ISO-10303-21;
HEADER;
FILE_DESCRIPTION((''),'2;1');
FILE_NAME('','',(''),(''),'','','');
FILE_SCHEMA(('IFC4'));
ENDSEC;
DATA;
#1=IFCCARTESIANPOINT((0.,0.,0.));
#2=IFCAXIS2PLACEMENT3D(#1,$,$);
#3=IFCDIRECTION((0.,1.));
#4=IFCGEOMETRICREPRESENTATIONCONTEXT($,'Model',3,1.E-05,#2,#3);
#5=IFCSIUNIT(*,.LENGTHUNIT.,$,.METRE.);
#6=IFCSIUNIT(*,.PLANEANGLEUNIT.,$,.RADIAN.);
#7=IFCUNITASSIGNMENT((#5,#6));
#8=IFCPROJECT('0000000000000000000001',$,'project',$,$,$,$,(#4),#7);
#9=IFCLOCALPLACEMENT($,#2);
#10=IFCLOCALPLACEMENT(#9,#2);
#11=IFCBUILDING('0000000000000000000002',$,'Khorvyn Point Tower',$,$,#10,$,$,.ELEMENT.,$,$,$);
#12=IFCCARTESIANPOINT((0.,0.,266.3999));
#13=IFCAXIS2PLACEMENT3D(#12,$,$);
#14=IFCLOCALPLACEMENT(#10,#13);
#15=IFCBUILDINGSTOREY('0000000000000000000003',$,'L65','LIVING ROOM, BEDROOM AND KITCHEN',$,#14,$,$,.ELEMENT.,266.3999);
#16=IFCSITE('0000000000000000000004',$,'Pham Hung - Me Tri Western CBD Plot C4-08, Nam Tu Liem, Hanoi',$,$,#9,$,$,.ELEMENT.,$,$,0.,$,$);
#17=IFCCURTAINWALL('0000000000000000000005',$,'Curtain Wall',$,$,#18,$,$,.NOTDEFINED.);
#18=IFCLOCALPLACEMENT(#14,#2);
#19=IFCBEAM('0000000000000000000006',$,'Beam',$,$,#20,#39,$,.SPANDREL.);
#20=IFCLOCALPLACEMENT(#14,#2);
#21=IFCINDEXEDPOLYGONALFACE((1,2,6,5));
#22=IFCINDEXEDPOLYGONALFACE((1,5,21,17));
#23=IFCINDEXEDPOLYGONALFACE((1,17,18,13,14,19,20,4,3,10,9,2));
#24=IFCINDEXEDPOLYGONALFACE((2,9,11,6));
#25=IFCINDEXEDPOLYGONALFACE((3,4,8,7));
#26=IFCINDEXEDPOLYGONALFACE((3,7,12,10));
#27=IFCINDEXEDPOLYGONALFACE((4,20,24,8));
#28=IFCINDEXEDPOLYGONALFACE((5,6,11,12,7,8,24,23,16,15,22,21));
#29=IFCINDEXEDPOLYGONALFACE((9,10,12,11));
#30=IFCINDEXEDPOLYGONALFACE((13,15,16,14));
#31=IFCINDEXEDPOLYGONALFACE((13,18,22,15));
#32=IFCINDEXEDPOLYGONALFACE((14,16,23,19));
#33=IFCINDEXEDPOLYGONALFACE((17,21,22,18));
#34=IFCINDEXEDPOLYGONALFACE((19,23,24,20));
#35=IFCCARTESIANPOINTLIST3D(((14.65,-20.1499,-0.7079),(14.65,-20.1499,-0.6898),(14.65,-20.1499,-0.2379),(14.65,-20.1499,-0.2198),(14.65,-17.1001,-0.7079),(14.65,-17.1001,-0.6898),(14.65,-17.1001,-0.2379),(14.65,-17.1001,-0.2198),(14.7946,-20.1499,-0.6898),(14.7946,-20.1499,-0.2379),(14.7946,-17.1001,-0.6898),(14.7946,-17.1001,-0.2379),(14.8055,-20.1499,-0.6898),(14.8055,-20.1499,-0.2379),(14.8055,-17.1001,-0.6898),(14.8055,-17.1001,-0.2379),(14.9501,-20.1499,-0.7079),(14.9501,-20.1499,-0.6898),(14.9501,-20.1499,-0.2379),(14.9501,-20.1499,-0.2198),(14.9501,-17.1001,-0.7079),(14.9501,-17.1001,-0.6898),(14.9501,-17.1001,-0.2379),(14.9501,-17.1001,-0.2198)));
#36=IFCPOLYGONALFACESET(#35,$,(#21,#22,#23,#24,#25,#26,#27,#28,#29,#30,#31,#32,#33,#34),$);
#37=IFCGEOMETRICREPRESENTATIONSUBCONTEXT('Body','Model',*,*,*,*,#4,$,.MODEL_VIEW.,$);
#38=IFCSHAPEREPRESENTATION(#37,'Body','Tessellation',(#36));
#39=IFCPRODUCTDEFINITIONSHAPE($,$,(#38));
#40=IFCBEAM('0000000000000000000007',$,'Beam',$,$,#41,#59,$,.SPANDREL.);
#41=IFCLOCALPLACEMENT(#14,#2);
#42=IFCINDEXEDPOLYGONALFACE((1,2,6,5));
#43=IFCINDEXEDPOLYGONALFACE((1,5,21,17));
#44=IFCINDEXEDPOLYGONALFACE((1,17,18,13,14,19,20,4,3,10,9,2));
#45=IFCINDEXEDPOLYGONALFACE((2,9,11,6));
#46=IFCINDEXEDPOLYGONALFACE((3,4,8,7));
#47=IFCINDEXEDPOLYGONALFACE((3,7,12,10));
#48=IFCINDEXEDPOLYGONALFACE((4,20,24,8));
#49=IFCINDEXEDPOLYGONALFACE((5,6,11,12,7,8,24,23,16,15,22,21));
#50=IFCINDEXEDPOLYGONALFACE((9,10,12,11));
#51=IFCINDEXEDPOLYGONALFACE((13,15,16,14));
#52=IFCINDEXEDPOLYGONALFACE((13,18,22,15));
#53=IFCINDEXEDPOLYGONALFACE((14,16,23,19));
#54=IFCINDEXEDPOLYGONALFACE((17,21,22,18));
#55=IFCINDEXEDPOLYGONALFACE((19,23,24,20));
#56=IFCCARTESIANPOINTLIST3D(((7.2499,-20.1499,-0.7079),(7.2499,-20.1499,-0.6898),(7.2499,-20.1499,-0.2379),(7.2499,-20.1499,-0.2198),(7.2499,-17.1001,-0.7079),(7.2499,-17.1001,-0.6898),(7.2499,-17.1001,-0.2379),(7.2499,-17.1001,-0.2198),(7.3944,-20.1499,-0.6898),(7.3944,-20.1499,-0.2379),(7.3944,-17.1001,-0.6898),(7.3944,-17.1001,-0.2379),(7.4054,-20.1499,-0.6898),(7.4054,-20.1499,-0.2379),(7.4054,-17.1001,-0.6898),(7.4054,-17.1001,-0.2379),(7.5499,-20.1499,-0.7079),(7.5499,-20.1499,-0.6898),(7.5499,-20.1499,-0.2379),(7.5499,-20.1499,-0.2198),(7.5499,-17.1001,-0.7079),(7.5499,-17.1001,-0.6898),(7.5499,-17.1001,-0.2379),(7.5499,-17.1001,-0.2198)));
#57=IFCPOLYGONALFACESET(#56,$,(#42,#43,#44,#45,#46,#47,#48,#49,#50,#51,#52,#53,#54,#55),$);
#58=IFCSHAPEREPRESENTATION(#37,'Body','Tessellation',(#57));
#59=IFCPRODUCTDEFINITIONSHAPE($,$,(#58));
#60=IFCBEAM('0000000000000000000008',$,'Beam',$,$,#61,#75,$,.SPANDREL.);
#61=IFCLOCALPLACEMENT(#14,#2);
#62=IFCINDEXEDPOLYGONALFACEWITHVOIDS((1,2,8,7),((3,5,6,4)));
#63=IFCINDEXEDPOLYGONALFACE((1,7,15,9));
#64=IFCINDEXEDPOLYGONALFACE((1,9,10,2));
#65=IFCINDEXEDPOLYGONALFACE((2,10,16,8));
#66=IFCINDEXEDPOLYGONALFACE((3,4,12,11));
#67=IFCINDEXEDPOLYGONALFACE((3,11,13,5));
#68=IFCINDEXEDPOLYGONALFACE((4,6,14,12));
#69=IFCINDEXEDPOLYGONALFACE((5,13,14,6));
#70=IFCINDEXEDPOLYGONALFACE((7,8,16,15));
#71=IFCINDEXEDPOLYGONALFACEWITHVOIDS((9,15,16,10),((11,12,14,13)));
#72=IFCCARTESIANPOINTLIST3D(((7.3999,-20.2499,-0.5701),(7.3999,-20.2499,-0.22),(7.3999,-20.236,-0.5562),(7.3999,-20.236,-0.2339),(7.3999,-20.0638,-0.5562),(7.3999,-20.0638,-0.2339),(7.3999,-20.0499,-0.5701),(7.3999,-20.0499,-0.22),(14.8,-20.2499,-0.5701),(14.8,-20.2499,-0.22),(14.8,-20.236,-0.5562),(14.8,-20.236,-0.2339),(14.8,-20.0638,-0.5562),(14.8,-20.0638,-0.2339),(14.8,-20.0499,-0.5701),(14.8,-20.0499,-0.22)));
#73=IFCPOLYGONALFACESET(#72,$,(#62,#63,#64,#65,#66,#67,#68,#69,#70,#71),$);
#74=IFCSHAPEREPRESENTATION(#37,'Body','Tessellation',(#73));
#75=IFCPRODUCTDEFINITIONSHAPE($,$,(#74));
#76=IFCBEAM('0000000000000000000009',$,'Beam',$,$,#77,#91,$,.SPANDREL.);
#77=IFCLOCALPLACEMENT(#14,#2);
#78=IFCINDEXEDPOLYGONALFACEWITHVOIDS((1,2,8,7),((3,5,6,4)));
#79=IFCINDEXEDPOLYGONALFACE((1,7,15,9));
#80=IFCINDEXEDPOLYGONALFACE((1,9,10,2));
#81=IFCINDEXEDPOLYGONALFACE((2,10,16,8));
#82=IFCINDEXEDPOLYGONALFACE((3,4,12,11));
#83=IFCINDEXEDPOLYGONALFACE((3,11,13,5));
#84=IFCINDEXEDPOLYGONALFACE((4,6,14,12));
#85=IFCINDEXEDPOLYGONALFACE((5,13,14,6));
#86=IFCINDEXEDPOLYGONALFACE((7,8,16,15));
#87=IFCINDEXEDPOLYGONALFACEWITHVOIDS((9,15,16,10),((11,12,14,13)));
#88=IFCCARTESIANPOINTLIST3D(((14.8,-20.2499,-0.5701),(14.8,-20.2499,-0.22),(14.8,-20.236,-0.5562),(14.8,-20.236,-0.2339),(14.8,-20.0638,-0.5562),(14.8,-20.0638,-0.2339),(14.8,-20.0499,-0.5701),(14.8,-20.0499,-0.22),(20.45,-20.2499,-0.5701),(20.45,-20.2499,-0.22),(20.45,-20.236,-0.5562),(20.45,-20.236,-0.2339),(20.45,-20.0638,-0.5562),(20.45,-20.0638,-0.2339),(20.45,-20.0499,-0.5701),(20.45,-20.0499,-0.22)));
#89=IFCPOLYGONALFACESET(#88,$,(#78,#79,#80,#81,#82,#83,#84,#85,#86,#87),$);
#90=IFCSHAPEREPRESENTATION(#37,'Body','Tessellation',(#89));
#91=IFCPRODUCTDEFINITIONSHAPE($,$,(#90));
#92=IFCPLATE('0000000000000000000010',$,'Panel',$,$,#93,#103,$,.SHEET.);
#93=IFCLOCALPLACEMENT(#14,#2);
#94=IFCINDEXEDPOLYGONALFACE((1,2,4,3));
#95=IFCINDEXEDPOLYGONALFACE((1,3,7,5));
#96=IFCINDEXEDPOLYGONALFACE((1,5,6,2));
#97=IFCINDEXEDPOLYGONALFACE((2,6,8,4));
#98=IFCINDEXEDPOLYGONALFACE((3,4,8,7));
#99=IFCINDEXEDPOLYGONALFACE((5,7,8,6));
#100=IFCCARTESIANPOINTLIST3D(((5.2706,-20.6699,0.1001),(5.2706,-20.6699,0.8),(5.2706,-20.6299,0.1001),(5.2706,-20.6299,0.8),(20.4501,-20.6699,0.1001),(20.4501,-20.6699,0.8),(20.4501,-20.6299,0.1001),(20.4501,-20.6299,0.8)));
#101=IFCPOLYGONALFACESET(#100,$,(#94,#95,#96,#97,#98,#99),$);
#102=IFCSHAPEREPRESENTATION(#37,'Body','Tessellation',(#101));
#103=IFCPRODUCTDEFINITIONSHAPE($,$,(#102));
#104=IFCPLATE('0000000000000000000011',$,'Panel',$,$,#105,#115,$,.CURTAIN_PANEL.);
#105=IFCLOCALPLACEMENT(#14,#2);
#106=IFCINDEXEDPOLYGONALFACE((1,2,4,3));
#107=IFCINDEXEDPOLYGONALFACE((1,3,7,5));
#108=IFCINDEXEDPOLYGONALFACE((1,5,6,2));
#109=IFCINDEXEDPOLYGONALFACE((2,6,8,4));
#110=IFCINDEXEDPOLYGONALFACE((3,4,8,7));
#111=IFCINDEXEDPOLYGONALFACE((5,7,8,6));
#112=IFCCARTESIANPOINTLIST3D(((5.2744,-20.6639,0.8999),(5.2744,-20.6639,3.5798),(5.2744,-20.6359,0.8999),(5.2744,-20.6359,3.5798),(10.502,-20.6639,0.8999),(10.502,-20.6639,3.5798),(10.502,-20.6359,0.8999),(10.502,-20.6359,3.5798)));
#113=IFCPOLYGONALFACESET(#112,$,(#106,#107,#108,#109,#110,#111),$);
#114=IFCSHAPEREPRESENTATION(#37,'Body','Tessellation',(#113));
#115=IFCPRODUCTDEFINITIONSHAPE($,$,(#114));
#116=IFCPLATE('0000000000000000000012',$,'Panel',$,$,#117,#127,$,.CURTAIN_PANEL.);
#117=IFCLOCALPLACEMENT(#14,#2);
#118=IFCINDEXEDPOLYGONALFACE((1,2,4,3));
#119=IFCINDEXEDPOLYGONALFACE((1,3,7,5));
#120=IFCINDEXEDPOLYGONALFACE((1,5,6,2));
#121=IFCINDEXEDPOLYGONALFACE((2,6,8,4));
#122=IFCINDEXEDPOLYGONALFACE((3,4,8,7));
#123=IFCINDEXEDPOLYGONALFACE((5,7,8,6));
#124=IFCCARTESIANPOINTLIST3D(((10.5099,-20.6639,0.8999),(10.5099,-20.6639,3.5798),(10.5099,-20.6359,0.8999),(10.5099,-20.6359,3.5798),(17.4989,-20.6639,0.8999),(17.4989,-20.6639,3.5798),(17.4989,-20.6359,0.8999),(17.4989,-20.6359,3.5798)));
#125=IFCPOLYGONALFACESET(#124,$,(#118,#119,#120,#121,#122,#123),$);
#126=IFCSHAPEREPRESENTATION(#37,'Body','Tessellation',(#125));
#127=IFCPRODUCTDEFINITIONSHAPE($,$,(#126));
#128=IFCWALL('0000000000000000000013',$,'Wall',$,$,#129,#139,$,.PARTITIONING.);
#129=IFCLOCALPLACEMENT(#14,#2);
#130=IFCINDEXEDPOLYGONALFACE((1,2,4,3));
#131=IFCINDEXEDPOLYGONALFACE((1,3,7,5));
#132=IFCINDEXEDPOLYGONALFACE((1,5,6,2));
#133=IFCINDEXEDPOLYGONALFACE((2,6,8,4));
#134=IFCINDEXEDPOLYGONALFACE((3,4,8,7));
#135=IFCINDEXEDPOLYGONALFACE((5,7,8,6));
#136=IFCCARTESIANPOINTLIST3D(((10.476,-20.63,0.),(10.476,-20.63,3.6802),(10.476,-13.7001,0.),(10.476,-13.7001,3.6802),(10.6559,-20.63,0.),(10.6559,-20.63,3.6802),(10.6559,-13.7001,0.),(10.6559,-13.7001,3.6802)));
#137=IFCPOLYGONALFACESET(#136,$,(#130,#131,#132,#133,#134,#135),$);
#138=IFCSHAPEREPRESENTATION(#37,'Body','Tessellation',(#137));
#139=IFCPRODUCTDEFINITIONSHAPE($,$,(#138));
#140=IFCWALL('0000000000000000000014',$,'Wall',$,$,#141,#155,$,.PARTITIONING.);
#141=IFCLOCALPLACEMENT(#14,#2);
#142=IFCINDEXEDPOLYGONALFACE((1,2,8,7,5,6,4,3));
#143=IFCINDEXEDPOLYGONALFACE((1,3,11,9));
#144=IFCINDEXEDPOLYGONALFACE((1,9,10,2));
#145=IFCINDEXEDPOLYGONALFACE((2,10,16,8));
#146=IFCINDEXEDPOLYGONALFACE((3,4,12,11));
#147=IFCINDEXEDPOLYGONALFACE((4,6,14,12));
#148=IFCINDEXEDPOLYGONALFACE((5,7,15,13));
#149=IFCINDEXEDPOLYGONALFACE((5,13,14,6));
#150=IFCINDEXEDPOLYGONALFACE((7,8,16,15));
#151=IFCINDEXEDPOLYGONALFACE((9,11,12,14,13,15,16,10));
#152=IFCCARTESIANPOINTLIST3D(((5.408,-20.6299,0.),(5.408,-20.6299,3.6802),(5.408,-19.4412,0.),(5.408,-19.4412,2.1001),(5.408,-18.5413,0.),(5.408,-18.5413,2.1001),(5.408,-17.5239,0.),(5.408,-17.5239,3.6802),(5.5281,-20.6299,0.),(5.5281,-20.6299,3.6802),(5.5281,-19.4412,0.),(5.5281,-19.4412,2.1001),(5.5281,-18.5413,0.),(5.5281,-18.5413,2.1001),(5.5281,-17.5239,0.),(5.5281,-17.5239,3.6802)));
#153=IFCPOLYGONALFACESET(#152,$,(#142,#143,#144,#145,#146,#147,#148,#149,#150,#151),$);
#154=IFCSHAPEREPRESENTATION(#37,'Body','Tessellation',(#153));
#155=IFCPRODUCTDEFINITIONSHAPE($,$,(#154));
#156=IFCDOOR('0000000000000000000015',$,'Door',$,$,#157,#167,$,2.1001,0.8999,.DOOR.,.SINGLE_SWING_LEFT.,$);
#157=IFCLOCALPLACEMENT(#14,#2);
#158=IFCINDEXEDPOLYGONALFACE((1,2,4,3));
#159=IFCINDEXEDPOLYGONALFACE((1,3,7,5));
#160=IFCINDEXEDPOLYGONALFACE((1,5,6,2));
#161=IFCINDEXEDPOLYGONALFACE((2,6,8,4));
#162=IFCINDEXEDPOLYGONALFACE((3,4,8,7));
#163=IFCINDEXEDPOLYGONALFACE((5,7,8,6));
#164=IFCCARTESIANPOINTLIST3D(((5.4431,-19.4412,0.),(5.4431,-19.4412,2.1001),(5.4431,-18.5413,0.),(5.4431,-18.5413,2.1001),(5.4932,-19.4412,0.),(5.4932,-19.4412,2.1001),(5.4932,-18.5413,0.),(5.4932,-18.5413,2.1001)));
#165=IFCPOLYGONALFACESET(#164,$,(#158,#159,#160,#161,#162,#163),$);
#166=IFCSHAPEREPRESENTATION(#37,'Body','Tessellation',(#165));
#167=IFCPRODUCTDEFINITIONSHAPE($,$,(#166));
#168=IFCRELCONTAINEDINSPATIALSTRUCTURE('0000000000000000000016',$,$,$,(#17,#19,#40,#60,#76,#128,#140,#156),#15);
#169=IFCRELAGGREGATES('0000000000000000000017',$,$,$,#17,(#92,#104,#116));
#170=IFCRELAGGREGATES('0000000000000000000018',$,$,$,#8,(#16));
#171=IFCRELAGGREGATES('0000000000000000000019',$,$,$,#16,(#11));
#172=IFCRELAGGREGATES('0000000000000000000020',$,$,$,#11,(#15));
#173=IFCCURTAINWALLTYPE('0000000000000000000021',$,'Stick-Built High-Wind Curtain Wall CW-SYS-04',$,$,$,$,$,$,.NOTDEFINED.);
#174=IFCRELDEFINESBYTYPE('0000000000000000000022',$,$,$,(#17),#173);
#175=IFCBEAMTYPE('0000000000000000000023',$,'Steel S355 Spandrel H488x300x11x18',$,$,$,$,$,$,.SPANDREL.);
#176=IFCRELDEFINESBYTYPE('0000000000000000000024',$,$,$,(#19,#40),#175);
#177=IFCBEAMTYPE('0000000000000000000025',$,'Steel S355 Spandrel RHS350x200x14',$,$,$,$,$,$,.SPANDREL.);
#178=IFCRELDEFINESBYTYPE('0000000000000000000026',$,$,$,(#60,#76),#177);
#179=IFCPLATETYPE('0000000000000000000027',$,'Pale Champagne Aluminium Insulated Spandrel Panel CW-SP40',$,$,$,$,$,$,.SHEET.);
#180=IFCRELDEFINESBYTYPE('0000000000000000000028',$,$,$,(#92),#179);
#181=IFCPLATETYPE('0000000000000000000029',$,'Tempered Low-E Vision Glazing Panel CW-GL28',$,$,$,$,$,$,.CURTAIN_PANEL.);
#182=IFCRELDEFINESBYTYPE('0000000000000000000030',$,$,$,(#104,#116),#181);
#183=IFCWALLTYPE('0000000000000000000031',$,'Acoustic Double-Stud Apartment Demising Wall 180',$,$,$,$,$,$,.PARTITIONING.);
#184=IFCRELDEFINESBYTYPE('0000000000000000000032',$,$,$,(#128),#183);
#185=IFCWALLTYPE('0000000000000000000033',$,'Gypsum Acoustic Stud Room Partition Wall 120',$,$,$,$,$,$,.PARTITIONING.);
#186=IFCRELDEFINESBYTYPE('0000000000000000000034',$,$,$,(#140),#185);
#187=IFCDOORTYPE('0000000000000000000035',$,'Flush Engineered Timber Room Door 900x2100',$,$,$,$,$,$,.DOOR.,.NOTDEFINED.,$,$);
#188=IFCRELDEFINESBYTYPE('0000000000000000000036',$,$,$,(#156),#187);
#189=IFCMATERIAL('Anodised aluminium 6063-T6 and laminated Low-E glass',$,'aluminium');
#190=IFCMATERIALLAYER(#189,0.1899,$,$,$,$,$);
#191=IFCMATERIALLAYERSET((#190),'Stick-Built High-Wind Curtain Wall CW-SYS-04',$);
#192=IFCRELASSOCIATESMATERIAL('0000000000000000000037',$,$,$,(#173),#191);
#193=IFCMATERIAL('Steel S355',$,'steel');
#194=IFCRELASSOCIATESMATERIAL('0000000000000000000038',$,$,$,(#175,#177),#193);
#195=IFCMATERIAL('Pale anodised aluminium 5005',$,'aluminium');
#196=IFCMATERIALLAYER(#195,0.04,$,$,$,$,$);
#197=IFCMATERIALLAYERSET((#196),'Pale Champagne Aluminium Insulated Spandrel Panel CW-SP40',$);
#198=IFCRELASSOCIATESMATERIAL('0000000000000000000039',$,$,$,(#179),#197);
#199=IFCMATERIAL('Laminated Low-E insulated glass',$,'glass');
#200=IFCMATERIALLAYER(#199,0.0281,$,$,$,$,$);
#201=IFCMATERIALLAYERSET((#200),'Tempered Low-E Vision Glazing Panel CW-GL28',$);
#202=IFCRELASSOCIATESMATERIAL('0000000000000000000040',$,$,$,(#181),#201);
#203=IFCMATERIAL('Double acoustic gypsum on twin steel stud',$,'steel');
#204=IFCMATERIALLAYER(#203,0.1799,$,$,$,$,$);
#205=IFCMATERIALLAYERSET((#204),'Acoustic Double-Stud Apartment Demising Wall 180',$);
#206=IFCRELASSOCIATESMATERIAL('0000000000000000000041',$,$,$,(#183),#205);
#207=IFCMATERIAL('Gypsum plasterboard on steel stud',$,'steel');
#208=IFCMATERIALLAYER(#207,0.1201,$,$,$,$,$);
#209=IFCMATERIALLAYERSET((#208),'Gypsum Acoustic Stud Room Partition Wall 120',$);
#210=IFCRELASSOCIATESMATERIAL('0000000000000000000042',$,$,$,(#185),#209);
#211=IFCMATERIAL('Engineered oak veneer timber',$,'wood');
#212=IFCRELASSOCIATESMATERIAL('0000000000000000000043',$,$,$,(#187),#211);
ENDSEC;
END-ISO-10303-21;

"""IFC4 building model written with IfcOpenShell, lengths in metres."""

from ifc_helpers import new_model, si_unit, direction, frame, frame_2d, origin, origin_2d, place, context, subcontext, project, spatial, rectangle, hollow_rectangle, i_section, extrude, material, layer, layer_set, material_profile, profile_set, type_object, element, fill, aggregate, save


model = new_model("IFC4")

# Units and contexts
model_context = context("Model", 3, precision=1e-05, world=origin(), true_north=direction((0.0, 1.0)))
body_context = subcontext(model_context, "Body", "Model", "MODEL_VIEW")
ifc_project = project(units=[si_unit("LENGTHUNIT", "METRE"), si_unit("PLANEANGLEUNIT", "RADIAN")], contexts=[model_context])

# Site, building, storey
site_placement = place(None, origin())
site = spatial("IfcSite", under=ifc_project, at=site_placement, Name="Pham Hung - Me Tri Western CBD Plot C4-08, Nam Tu Liem, Hanoi", CompositionType="ELEMENT", RefElevation=0.0)
building_placement = place(site_placement, origin())
building = spatial("IfcBuilding", under=site, at=building_placement, Name="Khorvyn Point Tower", CompositionType="ELEMENT")
storey_placement = place(building_placement, frame((0.0, 0.0, 266.3999)))
storey = spatial("IfcBuildingStorey", under=building, at=storey_placement, Name="L65", Description="LIVING ROOM, BEDROOM AND KITCHEN", CompositionType="ELEMENT", Elevation=266.3999)

# Shared definitions
ifc_material_1 = material(Name="Steel S355", Category="steel")

# Curtain wall
ifc_material_2 = material(Name="Anodised aluminium 6063-T6 and laminated Low-E glass", Category="aluminium")
ifc_layer_1 = layer(ifc_material_2, 0.1899)
ifc_layer_set_1 = layer_set([ifc_layer_1], Name="Stick-Built High-Wind Curtain Wall CW-SYS-04")
curtain_wall_type = type_object("IfcCurtainWallType", Name="Stick-Built High-Wind Curtain Wall CW-SYS-04", PredefinedType="NOTDEFINED", material=ifc_layer_set_1)
curtain_wall_placement = place(storey_placement, origin())
curtain_wall = element("IfcCurtainWall", 1, at=curtain_wall_placement, inside=storey, type_object=curtain_wall_type, Name="Curtain Wall", PredefinedType="NOTDEFINED")

# Beams
ifc_material_profile_1 = material_profile(ifc_material_1, i_section(OverallWidth=0.3, OverallDepth=0.488, WebThickness=0.011, FlangeThickness=0.0181, at=origin_2d()))
ifc_profile_set_1 = profile_set([ifc_material_profile_1], Name="Steel S355 H488x300x11x18")
beam_type_1 = type_object("IfcBeamType", Name="Steel S355 Spandrel H488x300x11x18", PredefinedType="SPANDREL", material=ifc_profile_set_1)
for number, where, z_axis, x_axis, name in (
    (2, (14.8, -20.1499, -0.4639), (0.0, 1.0, 0.0), (-1.0, 0.0, 0.0), "Beam"),
    (3, (7.3999, -20.1499, -0.4639), (0.0, 1.0, 0.0), (-1.0, 0.0, 0.0), "Beam"),
):
    element("IfcBeam", number, at=place(storey_placement, frame(where, z_axis=z_axis, x_axis=x_axis)), inside=storey, type_object=beam_type_1, Name=name, PredefinedType="SPANDREL", context=body_context, shape_type="SweptSolid", body=[
        extrude(i_section(OverallWidth=0.3, OverallDepth=0.488, WebThickness=0.011, FlangeThickness=0.0181, at=origin_2d()), origin(), (0.0, 0.0, 1.0), 3.0498),
    ])
ifc_material_profile_2 = material_profile(ifc_material_1, hollow_rectangle(XDim=0.2, YDim=0.3501, WallThickness=0.0139, at=origin_2d()))
ifc_profile_set_2 = profile_set([ifc_material_profile_2], Name="Steel S355 RHS350x200x14")
beam_type_2 = type_object("IfcBeamType", Name="Steel S355 Spandrel RHS350x200x14", PredefinedType="SPANDREL", material=ifc_profile_set_2)
beam_1_placement = place(storey_placement, frame((7.3999, -20.1499, -0.395), z_axis=(1.0, 0.0, 0.0), x_axis=(0.0, 1.0, 0.0)))
element("IfcBeam", 4, at=beam_1_placement, inside=storey, type_object=beam_type_2, Name="Beam", PredefinedType="SPANDREL", context=body_context, shape_type="SweptSolid", body=[
    extrude(hollow_rectangle(XDim=0.2, YDim=0.3501, WallThickness=0.0139, at=origin_2d()), origin(), (0.0, 0.0, 1.0), 7.4001),
])
beam_2_placement = place(storey_placement, frame((14.8, -20.1499, -0.395), z_axis=(1.0, 0.0, 0.0), x_axis=(0.0, 1.0, 0.0)))
element("IfcBeam", 5, at=beam_2_placement, inside=storey, type_object=beam_type_2, Name="Beam", PredefinedType="SPANDREL", context=body_context, shape_type="SweptSolid", body=[
    extrude(hollow_rectangle(XDim=0.2, YDim=0.3501, WallThickness=0.0139, at=origin_2d()), origin(), (0.0, 0.0, 1.0), 5.6499),
])

# Plates
ifc_material_3 = material(Name="Pale anodised aluminium 5005", Category="aluminium")
ifc_layer_2 = layer(ifc_material_3, 0.04)
ifc_layer_set_2 = layer_set([ifc_layer_2], Name="Pale Champagne Aluminium Insulated Spandrel Panel CW-SP40")
plate_type_1 = type_object("IfcPlateType", Name="Pale Champagne Aluminium Insulated Spandrel Panel CW-SP40", PredefinedType="SHEET", material=ifc_layer_set_2)
plate_1_placement = place(storey_placement, frame((12.8604, -20.6499, 0.1001), z_axis=(0.0, 0.0, 1.0), x_axis=(-1.0, 0.0, 0.0)))
plate_1 = element("IfcPlate", 6, at=plate_1_placement, type_object=plate_type_1, Name="Panel", PredefinedType="SHEET", context=body_context, shape_type="SweptSolid", body=[
    extrude(rectangle(XDim=15.1794, YDim=0.04, at=origin_2d()), origin(), (0.0, 0.0, 1.0), 0.7),
])
ifc_material_4 = material(Name="Laminated Low-E insulated glass", Category="glass")
ifc_layer_3 = layer(ifc_material_4, 0.0281)
ifc_layer_set_3 = layer_set([ifc_layer_3], Name="Tempered Low-E Vision Glazing Panel CW-GL28")
plate_type_2 = type_object("IfcPlateType", Name="Tempered Low-E Vision Glazing Panel CW-GL28", PredefinedType="CURTAIN_PANEL", material=ifc_layer_set_3)
plate_2_placement = place(storey_placement, frame((7.8882, -20.6499, 0.8999), z_axis=(0.0, 0.0, 1.0), x_axis=(-1.0, 0.0, 0.0)))
plate_2 = element("IfcPlate", 7, at=plate_2_placement, type_object=plate_type_2, Name="Panel", PredefinedType="CURTAIN_PANEL", context=body_context, shape_type="SweptSolid", body=[
    extrude(rectangle(XDim=5.2275, YDim=0.0281, at=origin_2d()), origin(), (0.0, 0.0, 1.0), 2.6799),
])
plate_3_placement = place(storey_placement, frame((14.0044, -20.6499, 0.8999), z_axis=(0.0, 0.0, 1.0), x_axis=(-1.0, 0.0, 0.0)))
plate_3 = element("IfcPlate", 8, at=plate_3_placement, type_object=plate_type_2, Name="Panel", PredefinedType="CURTAIN_PANEL", context=body_context, shape_type="SweptSolid", body=[
    extrude(rectangle(XDim=6.989, YDim=0.0281, at=origin_2d()), origin(), (0.0, 0.0, 1.0), 2.6799),
])
aggregate(curtain_wall, [plate_1, plate_2, plate_3])

# Wall
ifc_material_5 = material(Name="Double acoustic gypsum on twin steel stud", Category="steel")
ifc_layer_4 = layer(ifc_material_5, 0.1799)
ifc_layer_set_4 = layer_set([ifc_layer_4], Name="Acoustic Double-Stud Apartment Demising Wall 180")
wall_type_1 = type_object("IfcWallType", Name="Acoustic Double-Stud Apartment Demising Wall 180", PredefinedType="PARTITIONING", material=ifc_layer_set_4)
wall_1_placement = place(storey_placement, frame((10.5659, -20.6299, 0.0), z_axis=(0.0, 0.0, 1.0), x_axis=(0.0, 1.0, 0.0)))
element("IfcWall", 9, at=wall_1_placement, inside=storey, type_object=wall_type_1, Name="Wall", PredefinedType="PARTITIONING", context=body_context, shape_type="SweptSolid", body=[
    extrude(rectangle(XDim=6.9299, YDim=0.1799, at=frame_2d((3.4648, 0.0))), origin(), (0.0, 0.0, 1.0), 3.6802),
])

# Wall, opening, door
ifc_material_6 = material(Name="Gypsum plasterboard on steel stud", Category="steel")
ifc_layer_5 = layer(ifc_material_6, 0.1201)
ifc_layer_set_5 = layer_set([ifc_layer_5], Name="Gypsum Acoustic Stud Room Partition Wall 120")
wall_type_2 = type_object("IfcWallType", Name="Gypsum Acoustic Stud Room Partition Wall 120", PredefinedType="PARTITIONING", material=ifc_layer_set_5)
wall_2_placement = place(storey_placement, frame((5.468, -20.6299, 0.0), z_axis=(0.0, 0.0, 1.0), x_axis=(0.0, 1.0, 0.0)))
wall_2 = element("IfcWall", 10, at=wall_2_placement, inside=storey, type_object=wall_type_2, Name="Wall", PredefinedType="PARTITIONING", context=body_context, shape_type="SweptSolid", body=[
    extrude(rectangle(XDim=3.106, YDim=0.1201, at=frame_2d((1.553, 0.0))), origin(), (0.0, 0.0, 1.0), 3.6802),
])
opening_1_placement = place(wall_2_placement, frame((1.1887, 0.0, 0.0)))
opening_1 = element("IfcOpeningElement", 11, at=opening_1_placement, cuts=wall_2, PredefinedType="OPENING", context=body_context, shape_type="SweptSolid", body=[
    extrude(rectangle(XDim=0.8999, YDim=2.1001, at=frame_2d((0.45, 1.05))), frame((0.0, 0.0701, 0.0), z_axis=(0.0, -1.0, 0.0), x_axis=(1.0, 0.0, 0.0)), (0.0, 0.0, 1.0), 0.1401),
])
ifc_material_7 = material(Name="Engineered oak veneer timber", Category="wood")
door_type_1 = type_object("IfcDoorType", Name="Flush Engineered Timber Room Door 900x2100", OperationType="NOTDEFINED", PredefinedType="DOOR", material=ifc_material_7)
door_1_placement = place(opening_1_placement, origin())
door_1 = element("IfcDoor", 12, at=door_1_placement, inside=storey, type_object=door_type_1, Name="Door", OperationType="SINGLE_SWING_LEFT", OverallHeight=2.1001, OverallWidth=0.8999, PredefinedType="DOOR", context=body_context, shape_type="SweptSolid", body=[
    extrude(rectangle(XDim=0.8999, YDim=2.1001, at=frame_2d((0.45, 1.05))), frame((0.0, 0.0249, 0.0), z_axis=(0.0, -1.0, 0.0), x_axis=(1.0, 0.0, 0.0)), (0.0, 0.0, 1.0), 0.05),
])
fill(opening_1, door_1)

save(model, "model.ifc")
